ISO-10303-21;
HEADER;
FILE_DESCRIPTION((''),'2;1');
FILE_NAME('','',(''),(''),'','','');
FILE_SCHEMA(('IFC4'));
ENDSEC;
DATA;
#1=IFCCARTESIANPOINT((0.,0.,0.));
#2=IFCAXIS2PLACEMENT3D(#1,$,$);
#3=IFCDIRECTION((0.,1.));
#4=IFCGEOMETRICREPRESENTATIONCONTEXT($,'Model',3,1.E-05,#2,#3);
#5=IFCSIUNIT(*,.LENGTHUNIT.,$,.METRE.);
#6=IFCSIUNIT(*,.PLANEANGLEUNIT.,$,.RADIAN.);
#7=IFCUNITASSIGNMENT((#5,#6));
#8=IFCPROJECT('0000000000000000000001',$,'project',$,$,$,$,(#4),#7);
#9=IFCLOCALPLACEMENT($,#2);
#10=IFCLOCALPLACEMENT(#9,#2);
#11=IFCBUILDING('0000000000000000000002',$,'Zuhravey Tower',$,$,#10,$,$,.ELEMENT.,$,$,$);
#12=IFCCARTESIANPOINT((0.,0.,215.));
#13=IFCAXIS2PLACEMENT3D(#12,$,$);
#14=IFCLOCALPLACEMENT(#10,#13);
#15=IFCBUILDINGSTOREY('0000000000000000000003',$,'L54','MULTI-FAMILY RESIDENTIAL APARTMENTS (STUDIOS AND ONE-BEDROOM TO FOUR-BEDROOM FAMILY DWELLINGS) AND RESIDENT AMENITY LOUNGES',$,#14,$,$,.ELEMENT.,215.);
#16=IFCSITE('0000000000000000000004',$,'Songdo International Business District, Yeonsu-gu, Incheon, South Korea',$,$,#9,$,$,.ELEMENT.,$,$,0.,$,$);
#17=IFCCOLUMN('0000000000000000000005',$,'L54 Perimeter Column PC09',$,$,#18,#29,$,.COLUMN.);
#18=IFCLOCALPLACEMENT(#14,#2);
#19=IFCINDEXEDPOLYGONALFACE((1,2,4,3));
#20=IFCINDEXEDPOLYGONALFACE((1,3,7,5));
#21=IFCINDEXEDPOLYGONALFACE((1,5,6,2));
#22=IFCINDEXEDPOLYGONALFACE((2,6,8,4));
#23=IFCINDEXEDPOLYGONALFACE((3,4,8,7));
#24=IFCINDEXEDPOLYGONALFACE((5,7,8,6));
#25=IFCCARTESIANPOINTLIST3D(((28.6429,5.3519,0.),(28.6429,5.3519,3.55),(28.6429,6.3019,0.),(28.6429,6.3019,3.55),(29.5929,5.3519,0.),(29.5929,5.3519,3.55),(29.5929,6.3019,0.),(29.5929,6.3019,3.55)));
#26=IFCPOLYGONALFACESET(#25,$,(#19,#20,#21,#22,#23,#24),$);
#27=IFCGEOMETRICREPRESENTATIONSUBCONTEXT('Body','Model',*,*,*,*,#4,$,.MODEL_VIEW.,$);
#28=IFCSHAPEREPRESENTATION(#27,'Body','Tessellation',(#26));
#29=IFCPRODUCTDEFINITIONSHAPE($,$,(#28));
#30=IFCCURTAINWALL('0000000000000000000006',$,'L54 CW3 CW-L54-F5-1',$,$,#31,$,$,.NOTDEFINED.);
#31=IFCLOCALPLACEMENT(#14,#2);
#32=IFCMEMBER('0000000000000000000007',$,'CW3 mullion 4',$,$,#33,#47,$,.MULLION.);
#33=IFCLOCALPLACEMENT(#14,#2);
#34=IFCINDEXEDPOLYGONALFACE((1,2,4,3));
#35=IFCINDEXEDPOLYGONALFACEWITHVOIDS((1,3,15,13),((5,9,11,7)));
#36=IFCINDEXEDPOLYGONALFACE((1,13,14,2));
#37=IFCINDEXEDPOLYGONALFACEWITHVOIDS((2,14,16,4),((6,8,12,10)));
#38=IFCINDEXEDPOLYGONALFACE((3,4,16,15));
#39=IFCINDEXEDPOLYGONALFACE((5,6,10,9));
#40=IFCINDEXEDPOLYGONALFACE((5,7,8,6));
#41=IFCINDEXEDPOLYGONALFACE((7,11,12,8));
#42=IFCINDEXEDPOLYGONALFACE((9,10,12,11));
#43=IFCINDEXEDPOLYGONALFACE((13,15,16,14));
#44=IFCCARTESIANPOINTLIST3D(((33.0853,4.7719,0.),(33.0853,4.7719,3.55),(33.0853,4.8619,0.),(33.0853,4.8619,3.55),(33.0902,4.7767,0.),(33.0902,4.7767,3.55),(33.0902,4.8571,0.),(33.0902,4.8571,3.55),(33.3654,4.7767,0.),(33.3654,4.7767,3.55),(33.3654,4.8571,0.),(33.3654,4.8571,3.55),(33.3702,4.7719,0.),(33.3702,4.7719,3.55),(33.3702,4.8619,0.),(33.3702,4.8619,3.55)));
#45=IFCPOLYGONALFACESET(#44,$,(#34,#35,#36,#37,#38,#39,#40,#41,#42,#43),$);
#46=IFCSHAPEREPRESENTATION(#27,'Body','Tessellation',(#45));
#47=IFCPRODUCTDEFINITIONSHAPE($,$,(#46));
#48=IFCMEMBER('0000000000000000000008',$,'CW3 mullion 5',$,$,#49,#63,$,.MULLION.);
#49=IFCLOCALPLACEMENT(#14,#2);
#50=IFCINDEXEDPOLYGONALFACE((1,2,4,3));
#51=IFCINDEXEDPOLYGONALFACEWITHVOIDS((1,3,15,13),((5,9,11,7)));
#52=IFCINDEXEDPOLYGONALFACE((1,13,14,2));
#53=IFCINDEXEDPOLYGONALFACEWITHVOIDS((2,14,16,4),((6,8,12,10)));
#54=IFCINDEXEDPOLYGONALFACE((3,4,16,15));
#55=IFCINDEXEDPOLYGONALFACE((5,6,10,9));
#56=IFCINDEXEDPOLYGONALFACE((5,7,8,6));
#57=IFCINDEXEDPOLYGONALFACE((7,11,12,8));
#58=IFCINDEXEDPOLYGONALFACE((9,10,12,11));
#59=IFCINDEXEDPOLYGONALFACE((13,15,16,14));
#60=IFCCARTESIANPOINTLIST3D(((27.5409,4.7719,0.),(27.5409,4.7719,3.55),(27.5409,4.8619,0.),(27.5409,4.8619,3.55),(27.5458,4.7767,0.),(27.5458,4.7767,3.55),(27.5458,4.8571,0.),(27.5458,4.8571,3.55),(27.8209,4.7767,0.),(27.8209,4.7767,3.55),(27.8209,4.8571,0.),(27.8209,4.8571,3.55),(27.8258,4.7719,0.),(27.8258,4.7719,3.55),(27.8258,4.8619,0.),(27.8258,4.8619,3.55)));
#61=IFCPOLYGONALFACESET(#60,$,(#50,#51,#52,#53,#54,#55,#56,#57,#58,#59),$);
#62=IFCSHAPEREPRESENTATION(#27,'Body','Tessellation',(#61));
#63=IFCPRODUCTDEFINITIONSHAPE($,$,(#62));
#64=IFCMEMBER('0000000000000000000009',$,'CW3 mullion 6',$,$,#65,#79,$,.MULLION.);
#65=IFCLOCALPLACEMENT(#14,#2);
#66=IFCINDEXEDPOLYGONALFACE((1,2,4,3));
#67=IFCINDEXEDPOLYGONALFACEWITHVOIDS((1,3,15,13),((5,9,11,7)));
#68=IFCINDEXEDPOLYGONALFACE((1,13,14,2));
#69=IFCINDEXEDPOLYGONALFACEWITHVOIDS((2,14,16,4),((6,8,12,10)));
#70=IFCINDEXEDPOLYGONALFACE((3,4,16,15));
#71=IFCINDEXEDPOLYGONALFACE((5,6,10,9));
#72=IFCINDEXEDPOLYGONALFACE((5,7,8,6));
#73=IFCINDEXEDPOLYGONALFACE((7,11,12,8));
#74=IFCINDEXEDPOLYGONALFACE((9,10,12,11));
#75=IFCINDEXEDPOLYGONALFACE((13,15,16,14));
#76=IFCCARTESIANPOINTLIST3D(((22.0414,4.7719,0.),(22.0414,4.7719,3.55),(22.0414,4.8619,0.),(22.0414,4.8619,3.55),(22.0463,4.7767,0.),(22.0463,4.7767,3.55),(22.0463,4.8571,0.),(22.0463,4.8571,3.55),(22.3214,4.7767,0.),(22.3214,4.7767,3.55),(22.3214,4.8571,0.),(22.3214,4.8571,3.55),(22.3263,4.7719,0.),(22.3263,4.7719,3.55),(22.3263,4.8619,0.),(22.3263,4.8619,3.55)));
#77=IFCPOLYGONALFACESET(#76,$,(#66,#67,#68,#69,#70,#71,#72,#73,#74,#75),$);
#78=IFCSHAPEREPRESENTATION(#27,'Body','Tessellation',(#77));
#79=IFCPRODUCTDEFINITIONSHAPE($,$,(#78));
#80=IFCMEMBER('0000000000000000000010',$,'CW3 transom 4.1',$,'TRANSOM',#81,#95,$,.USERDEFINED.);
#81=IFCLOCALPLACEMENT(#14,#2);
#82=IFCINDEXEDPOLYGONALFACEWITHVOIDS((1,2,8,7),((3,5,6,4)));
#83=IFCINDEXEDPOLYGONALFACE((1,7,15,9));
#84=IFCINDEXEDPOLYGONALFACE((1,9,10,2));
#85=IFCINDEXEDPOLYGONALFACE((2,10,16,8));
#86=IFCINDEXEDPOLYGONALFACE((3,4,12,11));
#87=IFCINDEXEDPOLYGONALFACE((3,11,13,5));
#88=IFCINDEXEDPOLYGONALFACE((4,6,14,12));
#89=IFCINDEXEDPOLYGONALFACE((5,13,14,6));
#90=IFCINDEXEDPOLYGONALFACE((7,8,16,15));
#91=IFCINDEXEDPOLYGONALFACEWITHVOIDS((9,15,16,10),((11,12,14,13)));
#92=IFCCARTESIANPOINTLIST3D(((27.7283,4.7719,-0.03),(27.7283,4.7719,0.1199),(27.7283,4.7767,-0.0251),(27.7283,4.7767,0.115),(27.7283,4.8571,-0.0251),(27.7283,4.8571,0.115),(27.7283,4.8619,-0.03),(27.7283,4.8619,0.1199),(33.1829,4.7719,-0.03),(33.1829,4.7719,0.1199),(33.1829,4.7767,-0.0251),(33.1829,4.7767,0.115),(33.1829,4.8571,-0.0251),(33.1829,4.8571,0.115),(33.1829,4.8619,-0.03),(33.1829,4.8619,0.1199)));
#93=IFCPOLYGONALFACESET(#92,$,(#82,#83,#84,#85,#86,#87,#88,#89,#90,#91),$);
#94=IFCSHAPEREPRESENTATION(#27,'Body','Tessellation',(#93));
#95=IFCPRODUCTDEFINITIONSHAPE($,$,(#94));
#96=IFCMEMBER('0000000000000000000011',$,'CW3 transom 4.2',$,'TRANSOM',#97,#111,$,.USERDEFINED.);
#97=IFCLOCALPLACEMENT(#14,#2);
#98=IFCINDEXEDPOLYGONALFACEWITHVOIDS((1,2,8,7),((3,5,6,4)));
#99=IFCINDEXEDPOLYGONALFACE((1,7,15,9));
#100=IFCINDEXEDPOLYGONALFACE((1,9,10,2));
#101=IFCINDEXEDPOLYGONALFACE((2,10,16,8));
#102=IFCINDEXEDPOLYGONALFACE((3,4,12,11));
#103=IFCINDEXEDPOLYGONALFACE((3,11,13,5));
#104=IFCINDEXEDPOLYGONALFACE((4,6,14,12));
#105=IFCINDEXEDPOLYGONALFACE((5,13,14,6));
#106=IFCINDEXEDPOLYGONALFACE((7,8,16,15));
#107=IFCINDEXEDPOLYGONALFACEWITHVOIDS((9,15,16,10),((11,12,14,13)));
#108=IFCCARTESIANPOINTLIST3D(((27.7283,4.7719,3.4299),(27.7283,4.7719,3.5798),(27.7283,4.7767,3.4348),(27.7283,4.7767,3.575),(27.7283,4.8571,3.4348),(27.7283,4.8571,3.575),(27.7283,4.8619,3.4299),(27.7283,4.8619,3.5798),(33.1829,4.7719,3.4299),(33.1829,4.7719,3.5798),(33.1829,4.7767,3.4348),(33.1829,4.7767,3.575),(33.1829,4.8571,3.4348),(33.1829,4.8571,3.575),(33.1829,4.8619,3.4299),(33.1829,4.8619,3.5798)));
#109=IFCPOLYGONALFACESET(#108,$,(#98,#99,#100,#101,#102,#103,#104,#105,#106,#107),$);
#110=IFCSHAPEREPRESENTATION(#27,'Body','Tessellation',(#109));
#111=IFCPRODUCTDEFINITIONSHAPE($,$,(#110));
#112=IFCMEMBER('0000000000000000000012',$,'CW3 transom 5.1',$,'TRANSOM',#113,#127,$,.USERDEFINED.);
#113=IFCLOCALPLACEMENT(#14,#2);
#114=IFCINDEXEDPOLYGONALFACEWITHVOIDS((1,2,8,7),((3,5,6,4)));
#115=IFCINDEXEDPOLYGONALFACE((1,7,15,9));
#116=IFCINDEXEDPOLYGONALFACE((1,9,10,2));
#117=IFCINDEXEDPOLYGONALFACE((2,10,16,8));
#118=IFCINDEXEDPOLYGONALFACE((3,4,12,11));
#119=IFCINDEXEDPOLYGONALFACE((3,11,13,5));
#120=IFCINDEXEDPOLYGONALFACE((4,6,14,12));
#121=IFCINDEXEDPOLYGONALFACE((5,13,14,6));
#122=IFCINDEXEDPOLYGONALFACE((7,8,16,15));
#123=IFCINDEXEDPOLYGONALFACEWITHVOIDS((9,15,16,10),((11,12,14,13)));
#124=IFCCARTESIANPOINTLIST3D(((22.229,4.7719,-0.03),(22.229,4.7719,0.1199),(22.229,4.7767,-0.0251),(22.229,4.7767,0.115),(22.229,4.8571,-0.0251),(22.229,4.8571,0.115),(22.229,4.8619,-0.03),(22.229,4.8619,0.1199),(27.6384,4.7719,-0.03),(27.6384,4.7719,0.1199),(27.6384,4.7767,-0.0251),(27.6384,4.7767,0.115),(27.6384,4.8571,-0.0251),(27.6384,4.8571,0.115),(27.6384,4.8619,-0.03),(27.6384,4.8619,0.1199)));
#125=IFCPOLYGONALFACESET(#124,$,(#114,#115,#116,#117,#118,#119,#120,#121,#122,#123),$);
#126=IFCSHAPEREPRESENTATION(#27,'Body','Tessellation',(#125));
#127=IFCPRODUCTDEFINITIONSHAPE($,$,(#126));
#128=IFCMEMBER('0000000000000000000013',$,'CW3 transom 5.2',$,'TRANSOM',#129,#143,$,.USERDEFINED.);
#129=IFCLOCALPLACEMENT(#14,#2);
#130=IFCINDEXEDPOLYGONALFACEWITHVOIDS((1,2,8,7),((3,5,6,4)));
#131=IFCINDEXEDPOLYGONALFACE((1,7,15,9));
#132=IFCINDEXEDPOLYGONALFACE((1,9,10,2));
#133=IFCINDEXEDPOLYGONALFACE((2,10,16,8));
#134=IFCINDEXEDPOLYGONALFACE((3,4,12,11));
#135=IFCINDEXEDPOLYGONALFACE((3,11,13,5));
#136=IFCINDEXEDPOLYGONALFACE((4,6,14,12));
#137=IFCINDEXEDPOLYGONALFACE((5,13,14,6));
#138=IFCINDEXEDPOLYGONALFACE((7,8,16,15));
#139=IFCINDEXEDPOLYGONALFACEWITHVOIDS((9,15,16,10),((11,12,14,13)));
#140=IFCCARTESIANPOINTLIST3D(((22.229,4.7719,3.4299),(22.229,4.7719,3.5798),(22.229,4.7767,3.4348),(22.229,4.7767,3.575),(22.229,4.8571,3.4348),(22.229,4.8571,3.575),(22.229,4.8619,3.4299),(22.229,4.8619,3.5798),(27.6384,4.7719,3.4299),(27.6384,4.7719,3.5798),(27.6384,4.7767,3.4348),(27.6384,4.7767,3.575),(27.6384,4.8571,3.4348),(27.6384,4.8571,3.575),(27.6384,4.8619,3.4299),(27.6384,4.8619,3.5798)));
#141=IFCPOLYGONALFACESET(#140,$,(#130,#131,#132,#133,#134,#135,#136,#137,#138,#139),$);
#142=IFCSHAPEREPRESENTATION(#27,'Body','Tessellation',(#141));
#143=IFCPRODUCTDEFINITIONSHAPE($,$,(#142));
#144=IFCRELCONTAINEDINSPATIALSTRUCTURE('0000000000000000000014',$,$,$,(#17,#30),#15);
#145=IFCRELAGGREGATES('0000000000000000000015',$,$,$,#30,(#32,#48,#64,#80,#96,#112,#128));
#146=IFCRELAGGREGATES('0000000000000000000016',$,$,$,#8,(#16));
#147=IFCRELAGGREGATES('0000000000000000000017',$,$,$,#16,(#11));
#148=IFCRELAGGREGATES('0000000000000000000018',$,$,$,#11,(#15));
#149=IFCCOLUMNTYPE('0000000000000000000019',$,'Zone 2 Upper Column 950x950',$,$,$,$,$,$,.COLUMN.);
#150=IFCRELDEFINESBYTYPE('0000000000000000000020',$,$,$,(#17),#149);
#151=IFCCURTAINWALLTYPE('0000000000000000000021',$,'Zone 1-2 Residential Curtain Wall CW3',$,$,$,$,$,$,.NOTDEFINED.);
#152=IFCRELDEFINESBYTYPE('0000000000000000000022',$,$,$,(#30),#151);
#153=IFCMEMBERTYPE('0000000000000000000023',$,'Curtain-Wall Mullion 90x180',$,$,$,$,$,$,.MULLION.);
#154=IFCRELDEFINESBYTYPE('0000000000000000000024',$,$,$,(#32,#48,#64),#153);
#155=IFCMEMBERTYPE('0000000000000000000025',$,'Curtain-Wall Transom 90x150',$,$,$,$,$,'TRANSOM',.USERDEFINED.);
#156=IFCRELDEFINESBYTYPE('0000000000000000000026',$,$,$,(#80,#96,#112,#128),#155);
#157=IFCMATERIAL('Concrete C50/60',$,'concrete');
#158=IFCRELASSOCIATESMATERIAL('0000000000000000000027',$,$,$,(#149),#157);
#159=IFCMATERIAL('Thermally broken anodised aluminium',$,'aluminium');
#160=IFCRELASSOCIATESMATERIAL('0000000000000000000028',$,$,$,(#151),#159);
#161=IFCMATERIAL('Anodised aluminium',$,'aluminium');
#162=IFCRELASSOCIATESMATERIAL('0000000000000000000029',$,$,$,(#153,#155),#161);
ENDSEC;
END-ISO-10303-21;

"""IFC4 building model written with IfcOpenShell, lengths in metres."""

from ifc_helpers import new_model, si_unit, direction, frame, origin, origin_2d, place, context, subcontext, project, spatial, rectangle, hollow_rectangle, extrude, material, material_profile, profile_set, type_object, element, aggregate, save


model = new_model("IFC4")

# Units and contexts
model_context = context("Model", 3, precision=1e-05, world=origin(), true_north=direction((0.0, 1.0)))
body_context = subcontext(model_context, "Body", "Model", "MODEL_VIEW")
ifc_project = project(units=[si_unit("LENGTHUNIT", "METRE"), si_unit("PLANEANGLEUNIT", "RADIAN")], contexts=[model_context])

# Site, building, storey
site_placement = place(None, origin())
site = spatial("IfcSite", under=ifc_project, at=site_placement, Name="Songdo International Business District, Yeonsu-gu, Incheon, South Korea", CompositionType="ELEMENT", RefElevation=0.0)
building_placement = place(site_placement, origin())
building = spatial("IfcBuilding", under=site, at=building_placement, Name="Zuhravey Tower", CompositionType="ELEMENT")
storey_placement = place(building_placement, frame((0.0, 0.0, 215.0)))
storey = spatial("IfcBuildingStorey", under=building, at=storey_placement, Name="L54", Description="MULTI-FAMILY RESIDENTIAL APARTMENTS (STUDIOS AND ONE-BEDROOM TO FOUR-BEDROOM FAMILY DWELLINGS) AND RESIDENT AMENITY LOUNGES", CompositionType="ELEMENT", Elevation=215.0)

# Column
ifc_material_1 = material(Name="Concrete C50/60", Category="concrete")
ifc_material_profile_1 = material_profile(ifc_material_1, rectangle(XDim=0.95, YDim=0.95, at=origin_2d()), Name="RC-950x950")
ifc_profile_set_1 = profile_set([ifc_material_profile_1], Name="Concrete C50/60")
column_type = type_object("IfcColumnType", Name="Zone 2 Upper Column 950x950", PredefinedType="COLUMN", material=ifc_profile_set_1)
column_placement = place(storey_placement, frame((29.1179, 5.8269, 0.0), z_axis=(0.0, 0.0, 1.0), x_axis=(1.0, 0.0, 0.0)))
element("IfcColumn", 1, at=column_placement, inside=storey, type_object=column_type, Name="L54 Perimeter Column PC09", PredefinedType="COLUMN", context=body_context, shape_type="SweptSolid", body=[
    extrude(rectangle(XDim=0.95, YDim=0.95, at=origin_2d()), origin(), (0.0, 0.0, 1.0), 3.55),
])

# Curtain wall, members
ifc_material_2 = material(Name="Thermally broken anodised aluminium", Category="aluminium")
curtain_wall_type = type_object("IfcCurtainWallType", Name="Zone 1-2 Residential Curtain Wall CW3", PredefinedType="NOTDEFINED", material=ifc_material_2)
curtain_wall_placement = place(storey_placement, origin())
curtain_wall = element("IfcCurtainWall", 2, at=curtain_wall_placement, inside=storey, type_object=curtain_wall_type, Name="L54 CW3 CW-L54-F5-1", PredefinedType="NOTDEFINED")
ifc_material_3 = material(Name="Anodised aluminium", Category="aluminium")
ifc_material_profile_2 = material_profile(ifc_material_3, hollow_rectangle(XDim=0.0901, YDim=0.2849, WallThickness=0.0049, at=origin_2d()), Name="ALU-RHS-90x285x5")
ifc_profile_set_2 = profile_set([ifc_material_profile_2], Name="Anodised aluminium")
member_type_1 = type_object("IfcMemberType", Name="Curtain-Wall Mullion 90x180", PredefinedType="MULLION", material=ifc_profile_set_2)
member_1_placement = place(storey_placement, frame((33.2278, 4.8169, 0.0), z_axis=(0.0, 0.0, 1.0), x_axis=(0.0, -1.0, 0.0)))
member_1 = element("IfcMember", 3, at=member_1_placement, type_object=member_type_1, Name="CW3 mullion 4", PredefinedType="MULLION", context=body_context, shape_type="SweptSolid", body=[
    extrude(hollow_rectangle(XDim=0.0901, YDim=0.2849, WallThickness=0.0049, at=origin_2d()), origin(), (0.0, 0.0, 1.0), 3.55),
])
member_2_placement = place(storey_placement, frame((27.6833, 4.8169, 0.0), z_axis=(0.0, 0.0, 1.0), x_axis=(0.0, -1.0, 0.0)))
member_2 = element("IfcMember", 4, at=member_2_placement, type_object=member_type_1, Name="CW3 mullion 5", PredefinedType="MULLION", context=body_context, shape_type="SweptSolid", body=[
    extrude(hollow_rectangle(XDim=0.0901, YDim=0.2849, WallThickness=0.0049, at=origin_2d()), origin(), (0.0, 0.0, 1.0), 3.55),
])
member_3_placement = place(storey_placement, frame((22.1838, 4.8169, 0.0), z_axis=(0.0, 0.0, 1.0), x_axis=(0.0, -1.0, 0.0)))
member_3 = element("IfcMember", 5, at=member_3_placement, type_object=member_type_1, Name="CW3 mullion 6", PredefinedType="MULLION", context=body_context, shape_type="SweptSolid", body=[
    extrude(hollow_rectangle(XDim=0.0901, YDim=0.2849, WallThickness=0.0049, at=origin_2d()), origin(), (0.0, 0.0, 1.0), 3.55),
])
ifc_material_profile_3 = material_profile(ifc_material_3, hollow_rectangle(XDim=0.0901, YDim=0.1499, WallThickness=0.0049, at=origin_2d()), Name="ALU-RHS-90x150x5")
ifc_profile_set_3 = profile_set([ifc_material_profile_3], Name="Anodised aluminium")
member_type_2 = type_object("IfcMemberType", Name="Curtain-Wall Transom 90x150", ElementType="TRANSOM", PredefinedType="USERDEFINED", material=ifc_profile_set_3)
member_4_placement = place(storey_placement, frame((33.1829, 4.8169, 0.0449), z_axis=(-1.0, 0.0, 0.0), x_axis=(0.0, -1.0, 0.0)))
member_4 = element("IfcMember", 6, at=member_4_placement, type_object=member_type_2, Name="CW3 transom 4.1", ObjectType="TRANSOM", PredefinedType="USERDEFINED", context=body_context, shape_type="SweptSolid", body=[
    extrude(hollow_rectangle(XDim=0.0901, YDim=0.1499, WallThickness=0.0049, at=origin_2d()), origin(), (0.0, 0.0, 1.0), 5.4546),
])
member_5_placement = place(storey_placement, frame((33.1829, 4.8169, 3.5049), z_axis=(-1.0, 0.0, 0.0), x_axis=(0.0, -1.0, 0.0)))
member_5 = element("IfcMember", 7, at=member_5_placement, type_object=member_type_2, Name="CW3 transom 4.2", ObjectType="TRANSOM", PredefinedType="USERDEFINED", context=body_context, shape_type="SweptSolid", body=[
    extrude(hollow_rectangle(XDim=0.0901, YDim=0.1499, WallThickness=0.0049, at=origin_2d()), origin(), (0.0, 0.0, 1.0), 5.4546),
])
member_6_placement = place(storey_placement, frame((27.6384, 4.8169, 0.0449), z_axis=(-1.0, 0.0, 0.0), x_axis=(0.0, -1.0, 0.0)))
member_6 = element("IfcMember", 8, at=member_6_placement, type_object=member_type_2, Name="CW3 transom 5.1", ObjectType="TRANSOM", PredefinedType="USERDEFINED", context=body_context, shape_type="SweptSolid", body=[
    extrude(hollow_rectangle(XDim=0.0901, YDim=0.1499, WallThickness=0.0049, at=origin_2d()), origin(), (0.0, 0.0, 1.0), 5.4094),
])
member_7_placement = place(storey_placement, frame((27.6384, 4.8169, 3.5049), z_axis=(-1.0, 0.0, 0.0), x_axis=(0.0, -1.0, 0.0)))
member_7 = element("IfcMember", 9, at=member_7_placement, type_object=member_type_2, Name="CW3 transom 5.2", ObjectType="TRANSOM", PredefinedType="USERDEFINED", context=body_context, shape_type="SweptSolid", body=[
    extrude(hollow_rectangle(XDim=0.0901, YDim=0.1499, WallThickness=0.0049, at=origin_2d()), origin(), (0.0, 0.0, 1.0), 5.4094),
])

aggregate(curtain_wall, [member_1, member_2, member_3, member_4, member_5, member_6, member_7])

save(model, "model.ifc")
